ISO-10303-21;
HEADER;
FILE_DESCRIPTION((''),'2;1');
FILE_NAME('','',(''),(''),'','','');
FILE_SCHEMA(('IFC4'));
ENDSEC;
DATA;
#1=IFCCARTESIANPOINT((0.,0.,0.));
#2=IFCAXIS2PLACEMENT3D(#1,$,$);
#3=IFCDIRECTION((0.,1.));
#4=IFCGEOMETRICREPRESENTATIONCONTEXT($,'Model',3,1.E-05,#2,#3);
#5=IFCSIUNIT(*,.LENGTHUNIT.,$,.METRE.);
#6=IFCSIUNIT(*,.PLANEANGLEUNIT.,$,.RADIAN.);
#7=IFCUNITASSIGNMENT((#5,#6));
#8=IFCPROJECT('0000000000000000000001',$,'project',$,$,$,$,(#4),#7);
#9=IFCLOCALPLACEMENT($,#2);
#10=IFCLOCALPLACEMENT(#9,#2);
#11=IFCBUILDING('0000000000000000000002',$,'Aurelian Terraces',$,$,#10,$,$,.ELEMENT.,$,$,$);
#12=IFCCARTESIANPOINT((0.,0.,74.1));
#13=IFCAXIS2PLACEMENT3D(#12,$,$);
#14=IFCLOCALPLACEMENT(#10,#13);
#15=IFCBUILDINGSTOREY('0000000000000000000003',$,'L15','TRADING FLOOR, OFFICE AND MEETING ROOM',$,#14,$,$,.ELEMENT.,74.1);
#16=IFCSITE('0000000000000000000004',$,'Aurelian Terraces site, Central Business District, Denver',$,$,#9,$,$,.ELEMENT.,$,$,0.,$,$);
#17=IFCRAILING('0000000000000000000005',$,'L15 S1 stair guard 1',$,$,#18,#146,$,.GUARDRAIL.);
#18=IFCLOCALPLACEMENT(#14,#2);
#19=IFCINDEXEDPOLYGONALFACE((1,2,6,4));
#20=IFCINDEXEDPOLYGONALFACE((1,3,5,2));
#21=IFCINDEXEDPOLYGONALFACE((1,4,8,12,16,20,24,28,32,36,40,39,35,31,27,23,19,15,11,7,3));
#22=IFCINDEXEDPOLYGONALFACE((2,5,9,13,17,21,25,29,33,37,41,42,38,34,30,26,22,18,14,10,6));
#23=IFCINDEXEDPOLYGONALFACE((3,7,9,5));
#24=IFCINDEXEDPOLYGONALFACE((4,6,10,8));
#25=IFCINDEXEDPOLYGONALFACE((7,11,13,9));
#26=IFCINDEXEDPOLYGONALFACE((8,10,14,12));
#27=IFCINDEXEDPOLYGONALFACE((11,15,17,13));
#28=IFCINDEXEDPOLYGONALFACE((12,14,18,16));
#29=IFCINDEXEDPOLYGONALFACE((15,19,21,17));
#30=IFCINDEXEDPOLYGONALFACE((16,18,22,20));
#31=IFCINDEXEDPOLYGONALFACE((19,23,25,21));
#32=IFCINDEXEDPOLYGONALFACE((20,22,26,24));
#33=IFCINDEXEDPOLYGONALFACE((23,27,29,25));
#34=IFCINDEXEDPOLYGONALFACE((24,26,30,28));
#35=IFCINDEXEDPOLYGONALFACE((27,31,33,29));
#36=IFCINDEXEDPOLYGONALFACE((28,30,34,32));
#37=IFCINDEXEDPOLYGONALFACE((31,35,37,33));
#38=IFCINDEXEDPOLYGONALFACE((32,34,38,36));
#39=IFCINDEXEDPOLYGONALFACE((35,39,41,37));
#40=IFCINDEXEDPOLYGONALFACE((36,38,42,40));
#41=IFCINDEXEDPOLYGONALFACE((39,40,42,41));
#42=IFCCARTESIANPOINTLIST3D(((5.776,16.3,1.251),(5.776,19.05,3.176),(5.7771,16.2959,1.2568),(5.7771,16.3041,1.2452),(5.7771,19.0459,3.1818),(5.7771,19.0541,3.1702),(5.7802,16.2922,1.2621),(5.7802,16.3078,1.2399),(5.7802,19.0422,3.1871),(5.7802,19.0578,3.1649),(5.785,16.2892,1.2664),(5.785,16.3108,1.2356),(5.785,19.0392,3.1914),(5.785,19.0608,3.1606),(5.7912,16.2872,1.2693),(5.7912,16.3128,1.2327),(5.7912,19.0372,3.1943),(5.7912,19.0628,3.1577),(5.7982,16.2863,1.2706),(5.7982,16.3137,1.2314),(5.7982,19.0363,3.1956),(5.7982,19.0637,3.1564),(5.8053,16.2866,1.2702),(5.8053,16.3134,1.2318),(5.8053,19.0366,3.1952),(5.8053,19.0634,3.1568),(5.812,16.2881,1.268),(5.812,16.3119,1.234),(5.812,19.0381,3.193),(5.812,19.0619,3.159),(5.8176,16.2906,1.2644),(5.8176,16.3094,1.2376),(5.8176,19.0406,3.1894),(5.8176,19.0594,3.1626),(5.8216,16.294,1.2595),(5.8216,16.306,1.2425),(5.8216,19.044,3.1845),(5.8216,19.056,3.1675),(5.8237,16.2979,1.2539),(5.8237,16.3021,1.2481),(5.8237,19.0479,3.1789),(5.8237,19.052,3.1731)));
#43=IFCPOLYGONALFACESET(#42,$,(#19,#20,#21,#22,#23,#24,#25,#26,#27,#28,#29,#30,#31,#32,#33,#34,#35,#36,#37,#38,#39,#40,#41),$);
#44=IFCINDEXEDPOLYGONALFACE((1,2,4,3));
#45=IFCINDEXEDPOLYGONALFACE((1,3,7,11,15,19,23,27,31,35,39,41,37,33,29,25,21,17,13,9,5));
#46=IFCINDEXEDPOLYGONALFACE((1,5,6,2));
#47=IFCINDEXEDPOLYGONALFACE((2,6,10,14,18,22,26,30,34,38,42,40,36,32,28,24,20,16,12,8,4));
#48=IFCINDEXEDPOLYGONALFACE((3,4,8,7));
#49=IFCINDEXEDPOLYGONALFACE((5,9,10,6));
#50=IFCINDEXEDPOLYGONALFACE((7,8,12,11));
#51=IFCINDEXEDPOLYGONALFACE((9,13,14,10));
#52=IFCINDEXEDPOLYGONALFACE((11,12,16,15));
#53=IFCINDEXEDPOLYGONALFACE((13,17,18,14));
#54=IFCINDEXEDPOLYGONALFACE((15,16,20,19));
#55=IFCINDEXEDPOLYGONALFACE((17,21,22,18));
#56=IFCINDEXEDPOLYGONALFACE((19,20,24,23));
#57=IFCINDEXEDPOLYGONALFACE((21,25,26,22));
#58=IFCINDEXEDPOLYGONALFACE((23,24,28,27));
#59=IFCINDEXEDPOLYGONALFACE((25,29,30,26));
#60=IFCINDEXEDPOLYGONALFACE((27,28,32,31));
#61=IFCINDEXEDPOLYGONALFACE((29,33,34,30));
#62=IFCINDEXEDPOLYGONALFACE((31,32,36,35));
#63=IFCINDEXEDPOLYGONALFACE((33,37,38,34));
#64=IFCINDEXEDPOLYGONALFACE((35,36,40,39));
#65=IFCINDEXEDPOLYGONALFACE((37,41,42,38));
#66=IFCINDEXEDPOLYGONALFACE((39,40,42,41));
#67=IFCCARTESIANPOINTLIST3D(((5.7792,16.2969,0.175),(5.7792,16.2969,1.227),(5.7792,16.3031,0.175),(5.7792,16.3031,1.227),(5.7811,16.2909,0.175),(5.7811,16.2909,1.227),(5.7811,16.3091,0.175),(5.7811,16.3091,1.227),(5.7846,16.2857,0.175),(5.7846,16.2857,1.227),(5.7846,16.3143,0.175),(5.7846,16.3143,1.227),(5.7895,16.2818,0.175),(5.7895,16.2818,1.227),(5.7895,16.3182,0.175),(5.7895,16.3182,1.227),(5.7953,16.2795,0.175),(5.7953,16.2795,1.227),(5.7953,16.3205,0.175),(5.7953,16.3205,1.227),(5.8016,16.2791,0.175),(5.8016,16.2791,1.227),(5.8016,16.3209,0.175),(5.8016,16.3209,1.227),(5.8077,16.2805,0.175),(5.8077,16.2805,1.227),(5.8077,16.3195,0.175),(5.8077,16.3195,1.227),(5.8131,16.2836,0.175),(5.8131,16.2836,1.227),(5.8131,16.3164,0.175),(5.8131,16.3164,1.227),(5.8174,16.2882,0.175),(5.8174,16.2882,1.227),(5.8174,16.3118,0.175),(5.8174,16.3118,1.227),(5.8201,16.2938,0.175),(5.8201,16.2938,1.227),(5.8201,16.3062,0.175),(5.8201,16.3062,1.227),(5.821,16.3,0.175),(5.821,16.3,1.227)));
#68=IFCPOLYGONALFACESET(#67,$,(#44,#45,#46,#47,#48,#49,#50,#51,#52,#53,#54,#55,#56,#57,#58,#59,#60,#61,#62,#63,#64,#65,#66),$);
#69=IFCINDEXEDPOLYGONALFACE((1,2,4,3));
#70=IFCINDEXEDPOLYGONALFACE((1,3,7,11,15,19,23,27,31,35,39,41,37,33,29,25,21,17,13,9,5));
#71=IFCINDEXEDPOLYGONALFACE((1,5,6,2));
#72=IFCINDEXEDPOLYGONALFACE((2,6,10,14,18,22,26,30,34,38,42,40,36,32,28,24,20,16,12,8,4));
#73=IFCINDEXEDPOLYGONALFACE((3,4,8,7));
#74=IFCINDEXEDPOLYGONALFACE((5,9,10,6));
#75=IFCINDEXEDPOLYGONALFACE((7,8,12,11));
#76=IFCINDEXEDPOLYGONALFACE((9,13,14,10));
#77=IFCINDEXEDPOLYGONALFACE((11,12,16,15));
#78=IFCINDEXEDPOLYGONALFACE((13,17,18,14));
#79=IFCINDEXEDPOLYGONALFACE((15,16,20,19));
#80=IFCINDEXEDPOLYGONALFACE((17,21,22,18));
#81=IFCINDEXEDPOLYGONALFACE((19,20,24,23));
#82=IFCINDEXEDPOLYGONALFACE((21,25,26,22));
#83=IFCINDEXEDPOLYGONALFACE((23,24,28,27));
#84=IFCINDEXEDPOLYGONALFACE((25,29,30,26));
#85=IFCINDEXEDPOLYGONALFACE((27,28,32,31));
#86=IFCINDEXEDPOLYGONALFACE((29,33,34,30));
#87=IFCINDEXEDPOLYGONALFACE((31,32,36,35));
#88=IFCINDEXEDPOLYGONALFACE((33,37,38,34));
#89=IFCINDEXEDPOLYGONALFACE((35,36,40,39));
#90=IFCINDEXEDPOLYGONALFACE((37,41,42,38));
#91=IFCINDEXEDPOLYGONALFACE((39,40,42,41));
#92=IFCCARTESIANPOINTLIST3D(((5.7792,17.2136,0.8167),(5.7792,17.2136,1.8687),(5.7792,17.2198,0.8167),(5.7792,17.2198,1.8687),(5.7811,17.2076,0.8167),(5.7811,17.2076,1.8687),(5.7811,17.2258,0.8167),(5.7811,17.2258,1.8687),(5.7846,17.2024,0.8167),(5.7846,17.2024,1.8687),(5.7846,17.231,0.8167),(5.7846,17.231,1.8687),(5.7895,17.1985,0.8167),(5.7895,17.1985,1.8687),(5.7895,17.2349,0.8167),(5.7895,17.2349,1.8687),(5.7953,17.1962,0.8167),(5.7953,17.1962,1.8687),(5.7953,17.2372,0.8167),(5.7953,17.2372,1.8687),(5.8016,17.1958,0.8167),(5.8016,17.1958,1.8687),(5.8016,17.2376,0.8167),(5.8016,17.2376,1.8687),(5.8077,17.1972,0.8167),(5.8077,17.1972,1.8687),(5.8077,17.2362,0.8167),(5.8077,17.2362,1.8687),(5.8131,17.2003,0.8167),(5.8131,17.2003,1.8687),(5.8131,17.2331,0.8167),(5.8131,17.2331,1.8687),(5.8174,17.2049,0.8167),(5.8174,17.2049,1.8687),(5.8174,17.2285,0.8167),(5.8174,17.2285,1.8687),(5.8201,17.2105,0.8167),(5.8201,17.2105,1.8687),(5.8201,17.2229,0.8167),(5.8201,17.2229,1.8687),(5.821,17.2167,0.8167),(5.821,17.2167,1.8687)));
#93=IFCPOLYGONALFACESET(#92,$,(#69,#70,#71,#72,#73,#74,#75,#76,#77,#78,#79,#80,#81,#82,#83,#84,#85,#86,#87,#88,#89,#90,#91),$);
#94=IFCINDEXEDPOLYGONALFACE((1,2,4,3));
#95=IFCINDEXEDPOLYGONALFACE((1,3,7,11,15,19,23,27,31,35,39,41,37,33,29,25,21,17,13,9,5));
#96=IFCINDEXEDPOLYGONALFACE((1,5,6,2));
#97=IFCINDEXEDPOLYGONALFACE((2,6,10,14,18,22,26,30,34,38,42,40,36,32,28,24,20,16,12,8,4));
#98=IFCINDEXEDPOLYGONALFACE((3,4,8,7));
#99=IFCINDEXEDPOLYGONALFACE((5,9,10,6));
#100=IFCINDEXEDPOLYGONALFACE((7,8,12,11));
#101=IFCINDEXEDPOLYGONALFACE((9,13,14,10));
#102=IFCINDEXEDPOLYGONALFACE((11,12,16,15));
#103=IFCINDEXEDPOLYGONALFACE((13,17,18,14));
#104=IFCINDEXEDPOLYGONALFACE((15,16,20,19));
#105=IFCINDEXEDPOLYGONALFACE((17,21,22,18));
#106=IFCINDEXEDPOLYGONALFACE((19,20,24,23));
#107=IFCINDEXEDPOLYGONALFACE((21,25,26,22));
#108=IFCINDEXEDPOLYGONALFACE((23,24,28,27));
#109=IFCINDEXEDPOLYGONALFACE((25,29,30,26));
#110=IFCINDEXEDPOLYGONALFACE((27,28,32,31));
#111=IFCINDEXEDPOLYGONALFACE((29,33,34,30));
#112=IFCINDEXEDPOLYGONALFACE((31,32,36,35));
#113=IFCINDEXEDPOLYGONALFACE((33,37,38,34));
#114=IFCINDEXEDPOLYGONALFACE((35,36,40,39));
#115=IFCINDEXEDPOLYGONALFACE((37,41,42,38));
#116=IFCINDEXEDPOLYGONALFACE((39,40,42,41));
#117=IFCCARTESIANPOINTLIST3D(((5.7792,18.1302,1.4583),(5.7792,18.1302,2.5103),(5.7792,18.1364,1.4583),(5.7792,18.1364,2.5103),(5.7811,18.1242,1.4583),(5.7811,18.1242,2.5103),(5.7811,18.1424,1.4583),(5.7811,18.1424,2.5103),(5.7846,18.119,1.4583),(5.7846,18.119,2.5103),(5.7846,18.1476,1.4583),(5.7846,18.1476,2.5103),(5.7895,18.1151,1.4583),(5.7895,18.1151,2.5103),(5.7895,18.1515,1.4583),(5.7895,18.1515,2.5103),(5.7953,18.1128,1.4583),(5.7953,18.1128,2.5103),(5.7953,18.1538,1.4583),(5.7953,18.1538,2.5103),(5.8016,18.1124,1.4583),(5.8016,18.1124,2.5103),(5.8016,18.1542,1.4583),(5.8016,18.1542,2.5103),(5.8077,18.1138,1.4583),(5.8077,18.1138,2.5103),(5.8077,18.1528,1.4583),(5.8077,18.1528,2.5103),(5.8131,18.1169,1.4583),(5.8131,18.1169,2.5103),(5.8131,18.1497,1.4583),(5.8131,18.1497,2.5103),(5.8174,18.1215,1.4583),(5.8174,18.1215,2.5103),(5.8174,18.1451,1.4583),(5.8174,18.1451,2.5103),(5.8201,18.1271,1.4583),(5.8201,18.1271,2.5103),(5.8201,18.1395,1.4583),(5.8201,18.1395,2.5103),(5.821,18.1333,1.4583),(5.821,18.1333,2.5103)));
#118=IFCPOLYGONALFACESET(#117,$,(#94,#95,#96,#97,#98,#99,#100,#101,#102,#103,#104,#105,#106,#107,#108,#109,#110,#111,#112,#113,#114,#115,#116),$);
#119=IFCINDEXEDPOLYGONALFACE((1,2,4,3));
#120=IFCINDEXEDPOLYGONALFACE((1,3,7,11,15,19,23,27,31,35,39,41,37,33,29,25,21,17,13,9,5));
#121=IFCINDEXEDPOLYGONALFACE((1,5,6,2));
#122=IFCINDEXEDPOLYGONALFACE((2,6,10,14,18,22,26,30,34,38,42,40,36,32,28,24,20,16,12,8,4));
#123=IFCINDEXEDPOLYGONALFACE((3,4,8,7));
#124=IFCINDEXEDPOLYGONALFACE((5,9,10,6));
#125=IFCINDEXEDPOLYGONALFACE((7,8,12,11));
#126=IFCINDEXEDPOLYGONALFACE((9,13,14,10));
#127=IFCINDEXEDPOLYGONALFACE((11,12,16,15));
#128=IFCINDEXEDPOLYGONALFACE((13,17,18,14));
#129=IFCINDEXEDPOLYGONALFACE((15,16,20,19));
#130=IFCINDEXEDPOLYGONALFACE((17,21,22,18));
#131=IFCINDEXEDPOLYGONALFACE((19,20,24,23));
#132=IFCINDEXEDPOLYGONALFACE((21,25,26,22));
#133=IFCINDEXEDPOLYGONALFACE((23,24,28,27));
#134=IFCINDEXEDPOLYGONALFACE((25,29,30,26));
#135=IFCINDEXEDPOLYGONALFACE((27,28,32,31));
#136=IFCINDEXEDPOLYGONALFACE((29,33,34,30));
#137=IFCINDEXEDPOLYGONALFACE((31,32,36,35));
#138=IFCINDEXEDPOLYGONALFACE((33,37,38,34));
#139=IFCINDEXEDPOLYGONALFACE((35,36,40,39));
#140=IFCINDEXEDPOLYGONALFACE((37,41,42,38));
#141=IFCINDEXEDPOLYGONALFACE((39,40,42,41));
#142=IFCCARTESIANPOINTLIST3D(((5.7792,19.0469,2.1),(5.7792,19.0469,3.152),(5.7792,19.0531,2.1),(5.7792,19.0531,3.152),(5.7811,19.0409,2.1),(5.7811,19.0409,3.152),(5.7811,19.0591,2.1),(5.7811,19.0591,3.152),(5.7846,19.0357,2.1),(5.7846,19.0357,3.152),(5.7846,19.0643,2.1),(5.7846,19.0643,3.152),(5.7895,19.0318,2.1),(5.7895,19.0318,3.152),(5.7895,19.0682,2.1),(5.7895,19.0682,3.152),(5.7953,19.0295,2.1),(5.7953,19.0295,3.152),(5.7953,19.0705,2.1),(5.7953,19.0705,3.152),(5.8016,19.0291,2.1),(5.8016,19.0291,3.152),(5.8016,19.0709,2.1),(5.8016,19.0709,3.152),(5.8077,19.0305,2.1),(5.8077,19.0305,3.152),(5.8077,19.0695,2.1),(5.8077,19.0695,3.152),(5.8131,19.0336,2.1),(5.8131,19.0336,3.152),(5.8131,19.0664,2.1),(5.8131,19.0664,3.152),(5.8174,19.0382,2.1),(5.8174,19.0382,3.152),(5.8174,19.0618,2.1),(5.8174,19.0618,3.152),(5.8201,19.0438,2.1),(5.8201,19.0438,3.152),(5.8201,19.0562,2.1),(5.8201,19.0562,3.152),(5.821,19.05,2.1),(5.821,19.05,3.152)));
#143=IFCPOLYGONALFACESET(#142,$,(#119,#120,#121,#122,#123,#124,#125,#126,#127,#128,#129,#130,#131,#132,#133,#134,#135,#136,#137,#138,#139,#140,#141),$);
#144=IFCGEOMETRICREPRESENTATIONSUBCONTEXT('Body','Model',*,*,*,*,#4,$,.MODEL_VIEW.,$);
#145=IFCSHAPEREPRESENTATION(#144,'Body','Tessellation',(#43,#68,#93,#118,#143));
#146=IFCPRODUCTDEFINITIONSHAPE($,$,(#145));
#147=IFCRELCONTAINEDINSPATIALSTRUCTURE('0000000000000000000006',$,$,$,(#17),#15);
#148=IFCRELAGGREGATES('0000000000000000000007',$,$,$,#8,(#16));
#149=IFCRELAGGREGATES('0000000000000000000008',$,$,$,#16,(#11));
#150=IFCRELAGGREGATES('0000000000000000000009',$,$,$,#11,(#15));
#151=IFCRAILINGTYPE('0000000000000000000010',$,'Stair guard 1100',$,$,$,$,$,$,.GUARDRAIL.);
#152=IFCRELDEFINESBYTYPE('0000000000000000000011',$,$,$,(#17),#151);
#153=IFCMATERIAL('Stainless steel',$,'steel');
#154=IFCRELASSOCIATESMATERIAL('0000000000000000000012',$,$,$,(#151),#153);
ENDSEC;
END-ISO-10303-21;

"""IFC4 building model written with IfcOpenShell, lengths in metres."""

from ifc_helpers import new_model, si_unit, direction, frame, origin, origin_2d, place, context, subcontext, project, spatial, circle, extrude, source, transform, mapped, material, type_object, element, save


model = new_model("IFC4")

# Units and contexts
model_context = context("Model", 3, precision=1e-05, world=origin(), true_north=direction((0.0, 1.0)))
body_context = subcontext(model_context, "Body", "Model", "MODEL_VIEW")
ifc_project = project(units=[si_unit("LENGTHUNIT", "METRE"), si_unit("PLANEANGLEUNIT", "RADIAN")], contexts=[model_context])

# Site, building, storey
site_placement = place(None, origin())
site = spatial("IfcSite", under=ifc_project, at=site_placement, Name="Aurelian Terraces site, Central Business District, Denver", CompositionType="ELEMENT", RefElevation=0.0)
building_placement = place(site_placement, origin())
building = spatial("IfcBuilding", under=site, at=building_placement, Name="Aurelian Terraces", CompositionType="ELEMENT")
storey_placement = place(building_placement, frame((0.0, 0.0, 74.1)))
storey = spatial("IfcBuildingStorey", under=building, at=storey_placement, Name="L15", Description="TRADING FLOOR, OFFICE AND MEETING ROOM", CompositionType="ELEMENT", Elevation=74.1)

# Railing
ifc_material_1 = material(Name="Stainless steel", Category="steel")
railing_type_1 = type_object("IfcRailingType", Name="Stair guard 1100", PredefinedType="GUARDRAIL", material=ifc_material_1)
shared_shape_1 = source(origin(), body_context, "Body", "SweptSolid", [
    extrude(circle(Radius=0.024, at=origin_2d()), frame((0.0, 0.0, 1.076), z_axis=(0.0, 0.819232, 0.573462), x_axis=(-1.0, 0.0, 0.0)), (0.0, 0.0, 1.0), 3.3568),
    extrude(circle(Radius=0.021, at=origin_2d()), origin(), (0.0, 0.0, 1.0), 1.052),
    extrude(circle(Radius=0.021, at=origin_2d()), frame((0.0, 0.9167, 0.6417)), (0.0, 0.0, 1.0), 1.052),
    extrude(circle(Radius=0.021, at=origin_2d()), frame((0.0, 1.8333, 1.2833)), (0.0, 0.0, 1.0), 1.052),
    extrude(circle(Radius=0.021, at=origin_2d()), frame((0.0, 2.75, 1.925)), (0.0, 0.0, 1.0), 1.052),
])
railing_1_placement = place(storey_placement, frame((5.8, 16.3, 0.175)))
element("IfcRailing", 1, at=railing_1_placement, inside=storey, type_object=railing_type_1, Name="L15 S1 stair guard 1", PredefinedType="GUARDRAIL", context=body_context, shape_type="MappedRepresentation", body=[
    mapped(shared_shape_1, transform((0.0, 0.0, 0.0), scale=1.0)),
])

save(model, "model.ifc")
